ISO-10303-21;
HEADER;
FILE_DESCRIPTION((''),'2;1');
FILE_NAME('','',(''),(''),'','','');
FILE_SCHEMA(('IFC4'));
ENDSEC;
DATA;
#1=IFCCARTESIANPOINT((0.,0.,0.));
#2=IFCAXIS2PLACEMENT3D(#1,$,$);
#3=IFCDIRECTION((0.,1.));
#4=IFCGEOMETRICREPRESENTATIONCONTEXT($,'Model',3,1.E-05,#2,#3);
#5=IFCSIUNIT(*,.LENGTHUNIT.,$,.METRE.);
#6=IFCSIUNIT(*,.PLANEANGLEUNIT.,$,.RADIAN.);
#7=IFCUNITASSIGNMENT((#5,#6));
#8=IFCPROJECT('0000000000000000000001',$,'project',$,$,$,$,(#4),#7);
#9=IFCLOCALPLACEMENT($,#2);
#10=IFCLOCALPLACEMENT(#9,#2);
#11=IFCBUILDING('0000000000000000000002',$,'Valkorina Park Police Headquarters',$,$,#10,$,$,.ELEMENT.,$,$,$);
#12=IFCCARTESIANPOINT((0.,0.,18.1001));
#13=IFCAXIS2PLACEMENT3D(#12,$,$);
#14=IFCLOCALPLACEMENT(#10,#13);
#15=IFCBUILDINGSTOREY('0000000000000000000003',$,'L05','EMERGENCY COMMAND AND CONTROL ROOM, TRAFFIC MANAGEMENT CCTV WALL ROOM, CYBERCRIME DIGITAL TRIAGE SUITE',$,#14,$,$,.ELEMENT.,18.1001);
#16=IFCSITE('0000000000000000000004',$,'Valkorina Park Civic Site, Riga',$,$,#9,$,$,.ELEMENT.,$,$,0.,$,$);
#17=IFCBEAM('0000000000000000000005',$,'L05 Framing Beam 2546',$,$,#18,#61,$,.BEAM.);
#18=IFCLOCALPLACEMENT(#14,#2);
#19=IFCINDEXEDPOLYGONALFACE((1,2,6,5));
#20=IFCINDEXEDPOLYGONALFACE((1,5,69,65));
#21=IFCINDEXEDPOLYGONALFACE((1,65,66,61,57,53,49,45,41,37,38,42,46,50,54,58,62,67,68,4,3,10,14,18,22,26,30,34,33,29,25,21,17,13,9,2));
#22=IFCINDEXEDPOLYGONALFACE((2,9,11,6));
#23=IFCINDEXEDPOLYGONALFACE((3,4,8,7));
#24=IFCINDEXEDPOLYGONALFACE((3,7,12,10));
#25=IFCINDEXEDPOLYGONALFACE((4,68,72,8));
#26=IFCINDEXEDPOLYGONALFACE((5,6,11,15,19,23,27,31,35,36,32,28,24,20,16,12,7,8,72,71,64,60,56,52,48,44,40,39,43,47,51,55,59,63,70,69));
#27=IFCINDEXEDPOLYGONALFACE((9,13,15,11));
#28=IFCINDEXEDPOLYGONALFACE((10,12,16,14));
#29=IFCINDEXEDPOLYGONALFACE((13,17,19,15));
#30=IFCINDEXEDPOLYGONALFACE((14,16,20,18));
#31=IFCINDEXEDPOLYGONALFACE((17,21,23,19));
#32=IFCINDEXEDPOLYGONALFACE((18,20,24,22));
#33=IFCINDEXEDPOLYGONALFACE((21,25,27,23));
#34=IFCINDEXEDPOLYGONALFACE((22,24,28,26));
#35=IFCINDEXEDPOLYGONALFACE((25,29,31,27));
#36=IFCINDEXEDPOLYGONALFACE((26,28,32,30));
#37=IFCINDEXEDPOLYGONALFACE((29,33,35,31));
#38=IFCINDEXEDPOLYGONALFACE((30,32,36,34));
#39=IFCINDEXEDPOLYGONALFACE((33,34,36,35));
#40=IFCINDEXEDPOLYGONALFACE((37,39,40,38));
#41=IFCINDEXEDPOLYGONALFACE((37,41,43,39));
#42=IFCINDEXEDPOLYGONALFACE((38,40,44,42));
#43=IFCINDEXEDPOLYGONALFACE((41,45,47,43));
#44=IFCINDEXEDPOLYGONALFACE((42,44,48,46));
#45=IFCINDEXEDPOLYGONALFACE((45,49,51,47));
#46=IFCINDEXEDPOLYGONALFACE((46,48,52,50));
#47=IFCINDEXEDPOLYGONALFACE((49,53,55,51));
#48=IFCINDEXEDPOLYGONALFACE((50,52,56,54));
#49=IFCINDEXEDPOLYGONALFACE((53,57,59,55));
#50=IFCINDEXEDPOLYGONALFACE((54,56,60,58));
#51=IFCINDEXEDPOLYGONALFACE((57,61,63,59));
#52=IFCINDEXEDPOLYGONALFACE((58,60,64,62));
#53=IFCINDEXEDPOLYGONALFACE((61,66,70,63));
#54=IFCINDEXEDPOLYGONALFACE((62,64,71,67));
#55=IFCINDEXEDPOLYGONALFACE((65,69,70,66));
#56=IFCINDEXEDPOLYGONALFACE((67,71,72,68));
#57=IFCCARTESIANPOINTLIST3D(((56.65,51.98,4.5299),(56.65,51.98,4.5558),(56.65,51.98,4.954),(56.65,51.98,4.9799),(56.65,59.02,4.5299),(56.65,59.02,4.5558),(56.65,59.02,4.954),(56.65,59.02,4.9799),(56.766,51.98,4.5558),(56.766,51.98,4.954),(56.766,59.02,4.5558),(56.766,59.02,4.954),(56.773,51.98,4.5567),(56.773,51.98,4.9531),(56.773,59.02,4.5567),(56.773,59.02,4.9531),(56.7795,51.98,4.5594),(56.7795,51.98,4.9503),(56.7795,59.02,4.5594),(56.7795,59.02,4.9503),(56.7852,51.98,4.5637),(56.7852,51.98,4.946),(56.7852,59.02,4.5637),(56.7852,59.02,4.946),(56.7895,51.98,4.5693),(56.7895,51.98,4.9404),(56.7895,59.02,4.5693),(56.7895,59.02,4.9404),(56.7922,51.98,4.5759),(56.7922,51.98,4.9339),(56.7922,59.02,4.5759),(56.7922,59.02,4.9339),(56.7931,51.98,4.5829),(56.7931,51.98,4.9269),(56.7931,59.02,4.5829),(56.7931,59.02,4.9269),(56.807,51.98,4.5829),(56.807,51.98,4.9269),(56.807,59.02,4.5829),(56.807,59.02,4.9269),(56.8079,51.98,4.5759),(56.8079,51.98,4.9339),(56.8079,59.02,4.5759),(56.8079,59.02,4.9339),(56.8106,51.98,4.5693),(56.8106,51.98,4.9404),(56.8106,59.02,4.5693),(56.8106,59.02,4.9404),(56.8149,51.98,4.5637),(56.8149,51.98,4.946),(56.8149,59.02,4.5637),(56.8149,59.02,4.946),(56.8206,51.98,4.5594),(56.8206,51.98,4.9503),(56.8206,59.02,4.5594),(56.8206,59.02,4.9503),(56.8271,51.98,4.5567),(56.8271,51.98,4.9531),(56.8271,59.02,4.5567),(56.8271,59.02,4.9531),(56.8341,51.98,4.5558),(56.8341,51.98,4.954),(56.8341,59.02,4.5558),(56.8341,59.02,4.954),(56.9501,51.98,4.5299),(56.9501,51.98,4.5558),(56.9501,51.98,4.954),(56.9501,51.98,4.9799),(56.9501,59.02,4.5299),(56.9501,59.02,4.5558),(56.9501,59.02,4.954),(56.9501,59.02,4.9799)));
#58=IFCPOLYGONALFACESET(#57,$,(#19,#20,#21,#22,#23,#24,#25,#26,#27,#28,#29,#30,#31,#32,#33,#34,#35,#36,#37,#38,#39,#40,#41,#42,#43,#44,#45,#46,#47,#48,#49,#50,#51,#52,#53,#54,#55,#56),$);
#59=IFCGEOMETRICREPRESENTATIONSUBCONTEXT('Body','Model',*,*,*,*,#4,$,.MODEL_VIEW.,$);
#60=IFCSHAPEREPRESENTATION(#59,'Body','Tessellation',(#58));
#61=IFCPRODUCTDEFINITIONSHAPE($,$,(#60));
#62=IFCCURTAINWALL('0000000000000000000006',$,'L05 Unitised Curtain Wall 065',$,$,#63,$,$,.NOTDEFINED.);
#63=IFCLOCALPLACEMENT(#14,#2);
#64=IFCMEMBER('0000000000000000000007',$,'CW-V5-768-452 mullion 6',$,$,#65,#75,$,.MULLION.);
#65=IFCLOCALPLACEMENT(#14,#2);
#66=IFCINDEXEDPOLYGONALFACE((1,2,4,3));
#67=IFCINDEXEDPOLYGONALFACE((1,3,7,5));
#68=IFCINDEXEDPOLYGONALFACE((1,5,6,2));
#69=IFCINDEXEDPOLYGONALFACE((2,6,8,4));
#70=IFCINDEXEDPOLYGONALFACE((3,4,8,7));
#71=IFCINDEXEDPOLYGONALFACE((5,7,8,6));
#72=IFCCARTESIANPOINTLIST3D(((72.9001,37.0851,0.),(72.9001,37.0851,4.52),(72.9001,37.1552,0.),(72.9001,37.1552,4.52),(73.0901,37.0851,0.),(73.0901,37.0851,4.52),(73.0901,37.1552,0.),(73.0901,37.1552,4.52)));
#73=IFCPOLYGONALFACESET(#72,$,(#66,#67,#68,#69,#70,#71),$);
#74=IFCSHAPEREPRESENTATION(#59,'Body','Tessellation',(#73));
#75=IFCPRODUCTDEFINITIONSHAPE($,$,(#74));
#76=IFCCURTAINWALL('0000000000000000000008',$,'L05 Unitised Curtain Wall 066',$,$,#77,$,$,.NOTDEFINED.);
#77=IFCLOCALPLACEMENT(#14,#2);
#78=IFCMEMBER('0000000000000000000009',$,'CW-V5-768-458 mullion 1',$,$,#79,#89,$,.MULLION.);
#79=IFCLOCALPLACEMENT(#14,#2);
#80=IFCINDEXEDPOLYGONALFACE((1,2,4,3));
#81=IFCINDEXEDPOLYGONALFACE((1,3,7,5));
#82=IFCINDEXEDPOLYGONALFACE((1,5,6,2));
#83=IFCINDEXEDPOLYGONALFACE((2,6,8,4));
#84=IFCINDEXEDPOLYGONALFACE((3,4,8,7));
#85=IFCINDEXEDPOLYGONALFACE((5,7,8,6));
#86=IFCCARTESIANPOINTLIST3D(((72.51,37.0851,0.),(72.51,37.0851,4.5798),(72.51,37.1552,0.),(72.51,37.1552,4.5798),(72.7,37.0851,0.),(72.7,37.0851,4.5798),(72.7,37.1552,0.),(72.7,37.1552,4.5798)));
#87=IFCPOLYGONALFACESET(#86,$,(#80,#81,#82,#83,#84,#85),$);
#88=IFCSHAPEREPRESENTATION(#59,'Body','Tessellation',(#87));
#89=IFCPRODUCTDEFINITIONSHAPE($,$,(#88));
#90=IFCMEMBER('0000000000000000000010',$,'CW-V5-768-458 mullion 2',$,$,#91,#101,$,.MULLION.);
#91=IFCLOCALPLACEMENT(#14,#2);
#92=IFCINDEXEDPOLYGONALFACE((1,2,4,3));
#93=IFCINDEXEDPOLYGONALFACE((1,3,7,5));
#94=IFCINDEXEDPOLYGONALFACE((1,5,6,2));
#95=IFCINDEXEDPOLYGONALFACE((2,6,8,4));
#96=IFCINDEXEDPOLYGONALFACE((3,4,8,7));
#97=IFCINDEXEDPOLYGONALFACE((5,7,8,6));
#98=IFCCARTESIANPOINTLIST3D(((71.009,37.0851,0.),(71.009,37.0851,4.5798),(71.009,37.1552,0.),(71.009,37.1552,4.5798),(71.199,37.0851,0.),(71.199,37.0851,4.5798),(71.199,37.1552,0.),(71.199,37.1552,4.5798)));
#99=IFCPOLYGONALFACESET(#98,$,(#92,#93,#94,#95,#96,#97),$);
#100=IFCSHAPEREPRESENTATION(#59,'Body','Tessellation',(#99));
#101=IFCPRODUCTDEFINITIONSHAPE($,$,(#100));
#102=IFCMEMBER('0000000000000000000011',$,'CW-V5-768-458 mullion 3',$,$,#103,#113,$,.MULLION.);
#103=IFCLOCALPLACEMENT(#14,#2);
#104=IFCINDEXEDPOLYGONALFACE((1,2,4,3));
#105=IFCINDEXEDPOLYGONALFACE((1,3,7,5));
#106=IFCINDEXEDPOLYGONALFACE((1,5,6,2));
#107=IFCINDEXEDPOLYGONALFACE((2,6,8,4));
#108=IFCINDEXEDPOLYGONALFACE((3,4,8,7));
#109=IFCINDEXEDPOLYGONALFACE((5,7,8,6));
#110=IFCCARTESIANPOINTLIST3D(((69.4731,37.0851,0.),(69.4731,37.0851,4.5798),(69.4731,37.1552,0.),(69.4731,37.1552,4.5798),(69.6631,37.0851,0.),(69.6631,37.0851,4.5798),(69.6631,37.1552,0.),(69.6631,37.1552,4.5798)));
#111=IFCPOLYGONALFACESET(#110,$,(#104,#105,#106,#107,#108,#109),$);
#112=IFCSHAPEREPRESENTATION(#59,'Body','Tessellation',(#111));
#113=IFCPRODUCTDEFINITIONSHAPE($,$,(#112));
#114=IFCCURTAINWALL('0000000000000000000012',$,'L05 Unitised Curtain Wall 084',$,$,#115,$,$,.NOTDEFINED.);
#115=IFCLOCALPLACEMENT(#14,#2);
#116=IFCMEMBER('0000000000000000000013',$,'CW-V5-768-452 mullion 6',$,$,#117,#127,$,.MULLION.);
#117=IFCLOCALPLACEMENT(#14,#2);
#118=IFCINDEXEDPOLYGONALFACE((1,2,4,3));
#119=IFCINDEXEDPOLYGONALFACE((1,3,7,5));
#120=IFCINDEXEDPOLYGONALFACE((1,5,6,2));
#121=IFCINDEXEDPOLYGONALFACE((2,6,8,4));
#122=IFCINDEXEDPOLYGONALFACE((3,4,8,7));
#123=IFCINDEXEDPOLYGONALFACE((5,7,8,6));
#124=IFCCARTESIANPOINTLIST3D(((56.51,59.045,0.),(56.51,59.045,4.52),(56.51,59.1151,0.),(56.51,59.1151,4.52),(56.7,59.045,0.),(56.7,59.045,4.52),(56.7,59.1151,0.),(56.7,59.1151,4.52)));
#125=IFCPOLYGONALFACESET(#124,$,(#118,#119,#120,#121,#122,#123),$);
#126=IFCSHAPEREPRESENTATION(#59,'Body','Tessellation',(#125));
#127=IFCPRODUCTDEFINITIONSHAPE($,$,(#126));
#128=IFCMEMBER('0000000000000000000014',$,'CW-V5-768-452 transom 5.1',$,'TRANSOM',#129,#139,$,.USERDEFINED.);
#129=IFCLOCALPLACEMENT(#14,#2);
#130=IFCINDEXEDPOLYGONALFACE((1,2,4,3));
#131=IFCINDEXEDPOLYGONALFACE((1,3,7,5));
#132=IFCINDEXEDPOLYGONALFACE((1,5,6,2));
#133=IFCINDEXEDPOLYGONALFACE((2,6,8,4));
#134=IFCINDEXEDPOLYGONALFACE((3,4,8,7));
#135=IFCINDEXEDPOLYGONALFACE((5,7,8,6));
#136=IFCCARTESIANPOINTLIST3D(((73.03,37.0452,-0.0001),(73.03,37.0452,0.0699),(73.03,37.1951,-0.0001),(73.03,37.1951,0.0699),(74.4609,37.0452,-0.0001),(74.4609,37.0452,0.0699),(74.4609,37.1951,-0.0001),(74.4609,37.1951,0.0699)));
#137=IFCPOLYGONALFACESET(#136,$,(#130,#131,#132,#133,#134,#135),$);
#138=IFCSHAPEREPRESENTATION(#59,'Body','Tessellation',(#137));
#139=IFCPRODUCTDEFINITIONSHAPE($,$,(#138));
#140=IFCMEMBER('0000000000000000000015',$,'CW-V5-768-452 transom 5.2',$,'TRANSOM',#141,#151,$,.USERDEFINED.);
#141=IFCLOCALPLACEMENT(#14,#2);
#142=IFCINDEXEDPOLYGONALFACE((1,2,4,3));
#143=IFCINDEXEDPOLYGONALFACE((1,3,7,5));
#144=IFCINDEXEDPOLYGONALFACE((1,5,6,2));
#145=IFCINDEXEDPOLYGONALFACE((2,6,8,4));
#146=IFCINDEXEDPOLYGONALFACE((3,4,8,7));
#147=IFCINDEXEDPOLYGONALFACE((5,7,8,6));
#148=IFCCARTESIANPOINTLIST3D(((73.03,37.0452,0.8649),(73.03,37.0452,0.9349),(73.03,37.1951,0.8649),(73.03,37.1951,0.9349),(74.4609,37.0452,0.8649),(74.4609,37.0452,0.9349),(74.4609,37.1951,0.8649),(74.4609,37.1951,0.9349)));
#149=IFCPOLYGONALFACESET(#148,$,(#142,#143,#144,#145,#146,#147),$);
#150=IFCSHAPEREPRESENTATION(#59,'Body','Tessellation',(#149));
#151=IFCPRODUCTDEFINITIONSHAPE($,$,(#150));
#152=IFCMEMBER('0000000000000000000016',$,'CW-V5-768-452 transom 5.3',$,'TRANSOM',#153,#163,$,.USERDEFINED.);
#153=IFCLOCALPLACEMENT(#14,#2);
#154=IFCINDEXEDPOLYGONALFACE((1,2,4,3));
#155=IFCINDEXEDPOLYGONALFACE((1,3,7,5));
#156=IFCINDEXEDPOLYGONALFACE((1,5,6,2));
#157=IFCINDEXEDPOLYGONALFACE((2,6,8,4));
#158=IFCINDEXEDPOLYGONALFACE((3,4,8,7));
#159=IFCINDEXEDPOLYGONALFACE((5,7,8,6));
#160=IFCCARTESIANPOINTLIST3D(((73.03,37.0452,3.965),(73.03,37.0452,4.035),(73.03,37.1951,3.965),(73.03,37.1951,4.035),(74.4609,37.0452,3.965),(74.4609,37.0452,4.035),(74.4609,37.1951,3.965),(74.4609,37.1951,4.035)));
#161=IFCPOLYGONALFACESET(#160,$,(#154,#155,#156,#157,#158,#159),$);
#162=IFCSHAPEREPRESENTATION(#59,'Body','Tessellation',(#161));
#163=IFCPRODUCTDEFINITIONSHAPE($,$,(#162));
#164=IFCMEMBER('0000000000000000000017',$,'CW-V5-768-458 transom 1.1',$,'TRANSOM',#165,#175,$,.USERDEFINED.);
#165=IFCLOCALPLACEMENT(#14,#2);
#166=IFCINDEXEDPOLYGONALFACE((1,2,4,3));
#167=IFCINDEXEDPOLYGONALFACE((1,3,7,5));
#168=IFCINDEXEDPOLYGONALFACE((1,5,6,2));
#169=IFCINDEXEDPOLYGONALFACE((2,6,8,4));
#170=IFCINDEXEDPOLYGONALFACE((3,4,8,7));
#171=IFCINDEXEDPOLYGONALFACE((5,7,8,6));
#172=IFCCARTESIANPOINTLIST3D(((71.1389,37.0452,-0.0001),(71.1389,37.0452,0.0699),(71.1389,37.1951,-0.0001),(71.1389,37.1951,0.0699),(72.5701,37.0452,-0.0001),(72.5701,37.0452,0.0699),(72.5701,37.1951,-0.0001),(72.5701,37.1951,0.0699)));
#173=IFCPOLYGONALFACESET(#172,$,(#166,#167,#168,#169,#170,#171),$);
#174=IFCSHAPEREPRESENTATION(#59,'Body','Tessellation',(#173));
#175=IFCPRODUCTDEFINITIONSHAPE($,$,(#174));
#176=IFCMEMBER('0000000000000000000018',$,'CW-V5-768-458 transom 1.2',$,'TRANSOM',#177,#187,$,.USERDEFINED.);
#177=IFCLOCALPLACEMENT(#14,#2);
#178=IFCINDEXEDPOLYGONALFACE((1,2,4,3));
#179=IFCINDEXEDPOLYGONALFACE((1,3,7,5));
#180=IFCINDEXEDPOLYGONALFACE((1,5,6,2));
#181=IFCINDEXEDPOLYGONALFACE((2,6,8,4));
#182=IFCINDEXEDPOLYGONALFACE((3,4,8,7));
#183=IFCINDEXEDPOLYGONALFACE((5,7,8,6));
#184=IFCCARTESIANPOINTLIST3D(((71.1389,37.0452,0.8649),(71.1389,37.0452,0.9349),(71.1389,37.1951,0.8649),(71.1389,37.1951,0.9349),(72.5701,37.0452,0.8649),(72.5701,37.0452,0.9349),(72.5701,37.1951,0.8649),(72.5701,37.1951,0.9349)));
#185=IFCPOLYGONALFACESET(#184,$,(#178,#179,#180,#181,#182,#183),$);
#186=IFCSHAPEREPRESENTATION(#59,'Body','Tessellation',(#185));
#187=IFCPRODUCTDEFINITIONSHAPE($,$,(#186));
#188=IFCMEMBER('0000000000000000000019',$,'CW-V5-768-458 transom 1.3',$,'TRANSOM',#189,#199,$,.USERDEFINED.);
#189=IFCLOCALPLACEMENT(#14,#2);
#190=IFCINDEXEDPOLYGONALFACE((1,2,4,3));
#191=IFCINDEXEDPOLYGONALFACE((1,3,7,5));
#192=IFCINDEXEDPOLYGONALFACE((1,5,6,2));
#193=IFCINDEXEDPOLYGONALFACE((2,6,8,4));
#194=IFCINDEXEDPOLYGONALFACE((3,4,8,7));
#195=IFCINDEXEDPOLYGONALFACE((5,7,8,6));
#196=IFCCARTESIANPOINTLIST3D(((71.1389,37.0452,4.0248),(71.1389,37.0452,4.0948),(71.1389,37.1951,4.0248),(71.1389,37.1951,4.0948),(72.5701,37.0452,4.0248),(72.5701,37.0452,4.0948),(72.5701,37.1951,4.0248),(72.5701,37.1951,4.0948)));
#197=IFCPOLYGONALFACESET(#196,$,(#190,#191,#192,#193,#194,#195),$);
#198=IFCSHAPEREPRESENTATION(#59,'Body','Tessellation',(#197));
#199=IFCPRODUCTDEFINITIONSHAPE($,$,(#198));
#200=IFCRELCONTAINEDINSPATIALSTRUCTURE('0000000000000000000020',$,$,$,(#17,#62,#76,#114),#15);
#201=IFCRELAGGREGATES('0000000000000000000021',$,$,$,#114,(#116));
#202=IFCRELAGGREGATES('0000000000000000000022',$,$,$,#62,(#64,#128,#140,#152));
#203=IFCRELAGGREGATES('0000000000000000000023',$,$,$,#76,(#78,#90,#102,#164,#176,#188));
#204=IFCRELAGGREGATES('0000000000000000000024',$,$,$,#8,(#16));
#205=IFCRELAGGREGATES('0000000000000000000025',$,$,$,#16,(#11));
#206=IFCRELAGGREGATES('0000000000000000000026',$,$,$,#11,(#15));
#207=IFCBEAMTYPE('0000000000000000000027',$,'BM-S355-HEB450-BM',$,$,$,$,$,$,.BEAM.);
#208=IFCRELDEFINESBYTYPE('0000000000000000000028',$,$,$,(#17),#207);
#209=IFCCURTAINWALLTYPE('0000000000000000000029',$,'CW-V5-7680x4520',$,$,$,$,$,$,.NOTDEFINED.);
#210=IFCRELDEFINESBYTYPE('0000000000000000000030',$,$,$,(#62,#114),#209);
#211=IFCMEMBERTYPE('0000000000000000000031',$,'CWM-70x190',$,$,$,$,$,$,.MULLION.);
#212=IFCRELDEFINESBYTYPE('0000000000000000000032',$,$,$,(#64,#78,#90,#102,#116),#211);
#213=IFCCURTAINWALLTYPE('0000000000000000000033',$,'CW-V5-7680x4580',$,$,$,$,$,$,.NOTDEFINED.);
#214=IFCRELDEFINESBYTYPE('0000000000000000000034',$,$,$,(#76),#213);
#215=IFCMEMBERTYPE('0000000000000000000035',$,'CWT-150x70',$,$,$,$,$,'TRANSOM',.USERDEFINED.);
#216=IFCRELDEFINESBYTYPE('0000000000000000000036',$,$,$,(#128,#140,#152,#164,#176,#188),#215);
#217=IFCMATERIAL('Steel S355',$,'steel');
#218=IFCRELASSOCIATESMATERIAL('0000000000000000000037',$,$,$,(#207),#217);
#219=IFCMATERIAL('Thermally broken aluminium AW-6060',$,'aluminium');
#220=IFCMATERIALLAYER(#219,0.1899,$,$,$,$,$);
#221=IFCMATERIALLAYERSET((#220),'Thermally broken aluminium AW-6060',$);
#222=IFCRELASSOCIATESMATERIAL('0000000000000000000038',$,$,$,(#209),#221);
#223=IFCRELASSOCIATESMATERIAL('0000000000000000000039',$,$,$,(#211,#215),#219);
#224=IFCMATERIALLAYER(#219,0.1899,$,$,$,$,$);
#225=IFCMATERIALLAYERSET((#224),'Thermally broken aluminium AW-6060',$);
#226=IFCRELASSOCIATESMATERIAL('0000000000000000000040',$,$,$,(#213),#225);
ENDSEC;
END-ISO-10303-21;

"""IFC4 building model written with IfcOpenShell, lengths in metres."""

from ifc_helpers import new_model, si_unit, direction, frame, origin, origin_2d, place, context, subcontext, project, spatial, rectangle, i_section, extrude, material, layer, layer_set, material_profile, profile_set, type_object, element, aggregate, save


model = new_model("IFC4")

# Units and contexts
model_context = context("Model", 3, precision=1e-05, world=origin(), true_north=direction((0.0, 1.0)))
body_context = subcontext(model_context, "Body", "Model", "MODEL_VIEW")
ifc_project = project(units=[si_unit("LENGTHUNIT", "METRE"), si_unit("PLANEANGLEUNIT", "RADIAN")], contexts=[model_context])

# Site, building, storey
site_placement = place(None, origin())
site = spatial("IfcSite", under=ifc_project, at=site_placement, Name="Valkorina Park Civic Site, Riga", CompositionType="ELEMENT", RefElevation=0.0)
building_placement = place(site_placement, origin())
building = spatial("IfcBuilding", under=site, at=building_placement, Name="Valkorina Park Police Headquarters", CompositionType="ELEMENT")
storey_placement = place(building_placement, frame((0.0, 0.0, 18.1001)))
storey = spatial("IfcBuildingStorey", under=building, at=storey_placement, Name="L05", Description="EMERGENCY COMMAND AND CONTROL ROOM, TRAFFIC MANAGEMENT CCTV WALL ROOM, CYBERCRIME DIGITAL TRIAGE SUITE", CompositionType="ELEMENT", Elevation=18.1001)

# Shared definitions
ifc_material_1 = material(Name="Steel S355", Category="steel")

# Beam
ifc_material_profile_1 = material_profile(ifc_material_1, i_section(OverallWidth=0.3, OverallDepth=0.45, WebThickness=0.0139, FlangeThickness=0.0259, FilletRadius=0.0271, at=origin_2d()), Name="HEB 450")
ifc_profile_set_1 = profile_set([ifc_material_profile_1], Name="Steel S355")
beam_type = type_object("IfcBeamType", Name="BM-S355-HEB450-BM", PredefinedType="BEAM", material=ifc_profile_set_1)
for number, where, z_axis, x_axis, name in (
    (1, (56.8, 51.98, 4.7549), (0.0, 1.0, 0.0), (-1.0, 0.0, 0.0), "L05 Framing Beam 2546"),
):
    element("IfcBeam", number, at=place(storey_placement, frame(where, z_axis=z_axis, x_axis=x_axis)), inside=storey, type_object=beam_type, Name=name, PredefinedType="BEAM", context=body_context, shape_type="SweptSolid", body=[
        extrude(i_section(OverallWidth=0.3, OverallDepth=0.45, WebThickness=0.0139, FlangeThickness=0.0259, FilletRadius=0.0271, at=origin_2d()), origin(), (0.0, 0.0, 1.0), 7.04),
    ])

# Curtain wall, member
ifc_material_2 = material(Name="Thermally broken aluminium AW-6060", Category="aluminium")
ifc_layer_1 = layer(ifc_material_2, 0.1899)
ifc_layer_set_1 = layer_set([ifc_layer_1], Name="Thermally broken aluminium AW-6060")
curtain_wall_type_1 = type_object("IfcCurtainWallType", Name="CW-V5-7680x4520", PredefinedType="NOTDEFINED", material=ifc_layer_set_1)
curtain_wall_1_placement = place(storey_placement, origin())
curtain_wall_1 = element("IfcCurtainWall", 2, at=curtain_wall_1_placement, inside=storey, type_object=curtain_wall_type_1, Name="L05 Unitised Curtain Wall 065", PredefinedType="NOTDEFINED")
ifc_material_profile_2 = material_profile(ifc_material_2, rectangle(XDim=0.0701, YDim=0.1899, at=origin_2d()), Name="CWM-02 70x190")
ifc_profile_set_2 = profile_set([ifc_material_profile_2], Name="Thermally broken aluminium AW-6060")
member_type_1 = type_object("IfcMemberType", Name="CWM-70x190", PredefinedType="MULLION", material=ifc_profile_set_2)
member_1_placement = place(storey_placement, frame((72.9951, 37.1201, 0.0), z_axis=(0.0, 0.0, 1.0), x_axis=(0.0, -1.0, 0.0)))
member_1 = element("IfcMember", 3, at=member_1_placement, type_object=member_type_1, Name="CW-V5-768-452 mullion 6", PredefinedType="MULLION", context=body_context, shape_type="SweptSolid", body=[
    extrude(rectangle(XDim=0.0701, YDim=0.1899, at=origin_2d()), origin(), (0.0, 0.0, 1.0), 4.52),
])

# Curtain wall, members
ifc_layer_2 = layer(ifc_material_2, 0.1899)
ifc_layer_set_2 = layer_set([ifc_layer_2], Name="Thermally broken aluminium AW-6060")
curtain_wall_type_2 = type_object("IfcCurtainWallType", Name="CW-V5-7680x4580", PredefinedType="NOTDEFINED", material=ifc_layer_set_2)
curtain_wall_2_placement = place(storey_placement, origin())
curtain_wall_2 = element("IfcCurtainWall", 4, at=curtain_wall_2_placement, inside=storey, type_object=curtain_wall_type_2, Name="L05 Unitised Curtain Wall 066", PredefinedType="NOTDEFINED")
member_2_placement = place(storey_placement, frame((72.605, 37.1201, 0.0), z_axis=(0.0, 0.0, 1.0), x_axis=(0.0, -1.0, 0.0)))
member_2 = element("IfcMember", 5, at=member_2_placement, type_object=member_type_1, Name="CW-V5-768-458 mullion 1", PredefinedType="MULLION", context=body_context, shape_type="SweptSolid", body=[
    extrude(rectangle(XDim=0.0701, YDim=0.1899, at=origin_2d()), origin(), (0.0, 0.0, 1.0), 4.5798),
])
member_3_placement = place(storey_placement, frame((71.104, 37.1201, 0.0), z_axis=(0.0, 0.0, 1.0), x_axis=(0.0, -1.0, 0.0)))
member_3 = element("IfcMember", 6, at=member_3_placement, type_object=member_type_1, Name="CW-V5-768-458 mullion 2", PredefinedType="MULLION", context=body_context, shape_type="SweptSolid", body=[
    extrude(rectangle(XDim=0.0701, YDim=0.1899, at=origin_2d()), origin(), (0.0, 0.0, 1.0), 4.5798),
])
member_4_placement = place(storey_placement, frame((69.5681, 37.1201, 0.0), z_axis=(0.0, 0.0, 1.0), x_axis=(0.0, -1.0, 0.0)))
member_4 = element("IfcMember", 7, at=member_4_placement, type_object=member_type_1, Name="CW-V5-768-458 mullion 3", PredefinedType="MULLION", context=body_context, shape_type="SweptSolid", body=[
    extrude(rectangle(XDim=0.0701, YDim=0.1899, at=origin_2d()), origin(), (0.0, 0.0, 1.0), 4.5798),
])

# Curtain wall, member
curtain_wall_3_placement = place(storey_placement, origin())
curtain_wall_3 = element("IfcCurtainWall", 8, at=curtain_wall_3_placement, inside=storey, type_object=curtain_wall_type_1, Name="L05 Unitised Curtain Wall 084", PredefinedType="NOTDEFINED")
member_5_placement = place(storey_placement, frame((56.605, 59.0801, 0.0), z_axis=(0.0, 0.0, 1.0), x_axis=(0.0, 1.0, 0.0)))
member_5 = element("IfcMember", 9, at=member_5_placement, type_object=member_type_1, Name="CW-V5-768-452 mullion 6", PredefinedType="MULLION", context=body_context, shape_type="SweptSolid", body=[
    extrude(rectangle(XDim=0.0701, YDim=0.1899, at=origin_2d()), origin(), (0.0, 0.0, 1.0), 4.52),
])
aggregate(curtain_wall_3, [member_5])

# Members
ifc_material_profile_3 = material_profile(ifc_material_2, rectangle(XDim=0.1499, YDim=0.0701, at=origin_2d()), Name="CWT-02 150x70")
ifc_profile_set_3 = profile_set([ifc_material_profile_3], Name="Thermally broken aluminium AW-6060")
member_type_2 = type_object("IfcMemberType", Name="CWT-150x70", ElementType="TRANSOM", PredefinedType="USERDEFINED", material=ifc_profile_set_3)
member_6_placement = place(storey_placement, frame((74.4609, 37.1201, 0.0349), z_axis=(-1.0, 0.0, 0.0), x_axis=(0.0, -1.0, 0.0)))
member_6 = element("IfcMember", 10, at=member_6_placement, type_object=member_type_2, Name="CW-V5-768-452 transom 5.1", ObjectType="TRANSOM", PredefinedType="USERDEFINED", context=body_context, shape_type="SweptSolid", body=[
    extrude(rectangle(XDim=0.1499, YDim=0.0701, at=origin_2d()), origin(), (0.0, 0.0, 1.0), 1.4309),
])
member_7_placement = place(storey_placement, frame((74.4609, 37.1201, 0.8999), z_axis=(-1.0, 0.0, 0.0), x_axis=(0.0, -1.0, 0.0)))
member_7 = element("IfcMember", 11, at=member_7_placement, type_object=member_type_2, Name="CW-V5-768-452 transom 5.2", ObjectType="TRANSOM", PredefinedType="USERDEFINED", context=body_context, shape_type="SweptSolid", body=[
    extrude(rectangle(XDim=0.1499, YDim=0.0701, at=origin_2d()), origin(), (0.0, 0.0, 1.0), 1.4309),
])
member_8_placement = place(storey_placement, frame((74.4609, 37.1201, 4.0), z_axis=(-1.0, 0.0, 0.0), x_axis=(0.0, -1.0, 0.0)))
member_8 = element("IfcMember", 12, at=member_8_placement, type_object=member_type_2, Name="CW-V5-768-452 transom 5.3", ObjectType="TRANSOM", PredefinedType="USERDEFINED", context=body_context, shape_type="SweptSolid", body=[
    extrude(rectangle(XDim=0.1499, YDim=0.0701, at=origin_2d()), origin(), (0.0, 0.0, 1.0), 1.4309),
])
member_9_placement = place(storey_placement, frame((72.5701, 37.1201, 0.0349), z_axis=(-1.0, 0.0, 0.0), x_axis=(0.0, -1.0, 0.0)))
member_9 = element("IfcMember", 13, at=member_9_placement, type_object=member_type_2, Name="CW-V5-768-458 transom 1.1", ObjectType="TRANSOM", PredefinedType="USERDEFINED", context=body_context, shape_type="SweptSolid", body=[
    extrude(rectangle(XDim=0.1499, YDim=0.0701, at=origin_2d()), origin(), (0.0, 0.0, 1.0), 1.4312),
])
member_10_placement = place(storey_placement, frame((72.5701, 37.1201, 0.8999), z_axis=(-1.0, 0.0, 0.0), x_axis=(0.0, -1.0, 0.0)))
member_10 = element("IfcMember", 14, at=member_10_placement, type_object=member_type_2, Name="CW-V5-768-458 transom 1.2", ObjectType="TRANSOM", PredefinedType="USERDEFINED", context=body_context, shape_type="SweptSolid", body=[
    extrude(rectangle(XDim=0.1499, YDim=0.0701, at=origin_2d()), origin(), (0.0, 0.0, 1.0), 1.4312),
])
member_11_placement = place(storey_placement, frame((72.5701, 37.1201, 4.0598), z_axis=(-1.0, 0.0, 0.0), x_axis=(0.0, -1.0, 0.0)))
member_11 = element("IfcMember", 15, at=member_11_placement, type_object=member_type_2, Name="CW-V5-768-458 transom 1.3", ObjectType="TRANSOM", PredefinedType="USERDEFINED", context=body_context, shape_type="SweptSolid", body=[
    extrude(rectangle(XDim=0.1499, YDim=0.0701, at=origin_2d()), origin(), (0.0, 0.0, 1.0), 1.4312),
])

aggregate(curtain_wall_1, [member_1, member_6, member_7, member_8])
aggregate(curtain_wall_2, [member_2, member_3, member_4, member_9, member_10, member_11])

save(model, "model.ifc")
